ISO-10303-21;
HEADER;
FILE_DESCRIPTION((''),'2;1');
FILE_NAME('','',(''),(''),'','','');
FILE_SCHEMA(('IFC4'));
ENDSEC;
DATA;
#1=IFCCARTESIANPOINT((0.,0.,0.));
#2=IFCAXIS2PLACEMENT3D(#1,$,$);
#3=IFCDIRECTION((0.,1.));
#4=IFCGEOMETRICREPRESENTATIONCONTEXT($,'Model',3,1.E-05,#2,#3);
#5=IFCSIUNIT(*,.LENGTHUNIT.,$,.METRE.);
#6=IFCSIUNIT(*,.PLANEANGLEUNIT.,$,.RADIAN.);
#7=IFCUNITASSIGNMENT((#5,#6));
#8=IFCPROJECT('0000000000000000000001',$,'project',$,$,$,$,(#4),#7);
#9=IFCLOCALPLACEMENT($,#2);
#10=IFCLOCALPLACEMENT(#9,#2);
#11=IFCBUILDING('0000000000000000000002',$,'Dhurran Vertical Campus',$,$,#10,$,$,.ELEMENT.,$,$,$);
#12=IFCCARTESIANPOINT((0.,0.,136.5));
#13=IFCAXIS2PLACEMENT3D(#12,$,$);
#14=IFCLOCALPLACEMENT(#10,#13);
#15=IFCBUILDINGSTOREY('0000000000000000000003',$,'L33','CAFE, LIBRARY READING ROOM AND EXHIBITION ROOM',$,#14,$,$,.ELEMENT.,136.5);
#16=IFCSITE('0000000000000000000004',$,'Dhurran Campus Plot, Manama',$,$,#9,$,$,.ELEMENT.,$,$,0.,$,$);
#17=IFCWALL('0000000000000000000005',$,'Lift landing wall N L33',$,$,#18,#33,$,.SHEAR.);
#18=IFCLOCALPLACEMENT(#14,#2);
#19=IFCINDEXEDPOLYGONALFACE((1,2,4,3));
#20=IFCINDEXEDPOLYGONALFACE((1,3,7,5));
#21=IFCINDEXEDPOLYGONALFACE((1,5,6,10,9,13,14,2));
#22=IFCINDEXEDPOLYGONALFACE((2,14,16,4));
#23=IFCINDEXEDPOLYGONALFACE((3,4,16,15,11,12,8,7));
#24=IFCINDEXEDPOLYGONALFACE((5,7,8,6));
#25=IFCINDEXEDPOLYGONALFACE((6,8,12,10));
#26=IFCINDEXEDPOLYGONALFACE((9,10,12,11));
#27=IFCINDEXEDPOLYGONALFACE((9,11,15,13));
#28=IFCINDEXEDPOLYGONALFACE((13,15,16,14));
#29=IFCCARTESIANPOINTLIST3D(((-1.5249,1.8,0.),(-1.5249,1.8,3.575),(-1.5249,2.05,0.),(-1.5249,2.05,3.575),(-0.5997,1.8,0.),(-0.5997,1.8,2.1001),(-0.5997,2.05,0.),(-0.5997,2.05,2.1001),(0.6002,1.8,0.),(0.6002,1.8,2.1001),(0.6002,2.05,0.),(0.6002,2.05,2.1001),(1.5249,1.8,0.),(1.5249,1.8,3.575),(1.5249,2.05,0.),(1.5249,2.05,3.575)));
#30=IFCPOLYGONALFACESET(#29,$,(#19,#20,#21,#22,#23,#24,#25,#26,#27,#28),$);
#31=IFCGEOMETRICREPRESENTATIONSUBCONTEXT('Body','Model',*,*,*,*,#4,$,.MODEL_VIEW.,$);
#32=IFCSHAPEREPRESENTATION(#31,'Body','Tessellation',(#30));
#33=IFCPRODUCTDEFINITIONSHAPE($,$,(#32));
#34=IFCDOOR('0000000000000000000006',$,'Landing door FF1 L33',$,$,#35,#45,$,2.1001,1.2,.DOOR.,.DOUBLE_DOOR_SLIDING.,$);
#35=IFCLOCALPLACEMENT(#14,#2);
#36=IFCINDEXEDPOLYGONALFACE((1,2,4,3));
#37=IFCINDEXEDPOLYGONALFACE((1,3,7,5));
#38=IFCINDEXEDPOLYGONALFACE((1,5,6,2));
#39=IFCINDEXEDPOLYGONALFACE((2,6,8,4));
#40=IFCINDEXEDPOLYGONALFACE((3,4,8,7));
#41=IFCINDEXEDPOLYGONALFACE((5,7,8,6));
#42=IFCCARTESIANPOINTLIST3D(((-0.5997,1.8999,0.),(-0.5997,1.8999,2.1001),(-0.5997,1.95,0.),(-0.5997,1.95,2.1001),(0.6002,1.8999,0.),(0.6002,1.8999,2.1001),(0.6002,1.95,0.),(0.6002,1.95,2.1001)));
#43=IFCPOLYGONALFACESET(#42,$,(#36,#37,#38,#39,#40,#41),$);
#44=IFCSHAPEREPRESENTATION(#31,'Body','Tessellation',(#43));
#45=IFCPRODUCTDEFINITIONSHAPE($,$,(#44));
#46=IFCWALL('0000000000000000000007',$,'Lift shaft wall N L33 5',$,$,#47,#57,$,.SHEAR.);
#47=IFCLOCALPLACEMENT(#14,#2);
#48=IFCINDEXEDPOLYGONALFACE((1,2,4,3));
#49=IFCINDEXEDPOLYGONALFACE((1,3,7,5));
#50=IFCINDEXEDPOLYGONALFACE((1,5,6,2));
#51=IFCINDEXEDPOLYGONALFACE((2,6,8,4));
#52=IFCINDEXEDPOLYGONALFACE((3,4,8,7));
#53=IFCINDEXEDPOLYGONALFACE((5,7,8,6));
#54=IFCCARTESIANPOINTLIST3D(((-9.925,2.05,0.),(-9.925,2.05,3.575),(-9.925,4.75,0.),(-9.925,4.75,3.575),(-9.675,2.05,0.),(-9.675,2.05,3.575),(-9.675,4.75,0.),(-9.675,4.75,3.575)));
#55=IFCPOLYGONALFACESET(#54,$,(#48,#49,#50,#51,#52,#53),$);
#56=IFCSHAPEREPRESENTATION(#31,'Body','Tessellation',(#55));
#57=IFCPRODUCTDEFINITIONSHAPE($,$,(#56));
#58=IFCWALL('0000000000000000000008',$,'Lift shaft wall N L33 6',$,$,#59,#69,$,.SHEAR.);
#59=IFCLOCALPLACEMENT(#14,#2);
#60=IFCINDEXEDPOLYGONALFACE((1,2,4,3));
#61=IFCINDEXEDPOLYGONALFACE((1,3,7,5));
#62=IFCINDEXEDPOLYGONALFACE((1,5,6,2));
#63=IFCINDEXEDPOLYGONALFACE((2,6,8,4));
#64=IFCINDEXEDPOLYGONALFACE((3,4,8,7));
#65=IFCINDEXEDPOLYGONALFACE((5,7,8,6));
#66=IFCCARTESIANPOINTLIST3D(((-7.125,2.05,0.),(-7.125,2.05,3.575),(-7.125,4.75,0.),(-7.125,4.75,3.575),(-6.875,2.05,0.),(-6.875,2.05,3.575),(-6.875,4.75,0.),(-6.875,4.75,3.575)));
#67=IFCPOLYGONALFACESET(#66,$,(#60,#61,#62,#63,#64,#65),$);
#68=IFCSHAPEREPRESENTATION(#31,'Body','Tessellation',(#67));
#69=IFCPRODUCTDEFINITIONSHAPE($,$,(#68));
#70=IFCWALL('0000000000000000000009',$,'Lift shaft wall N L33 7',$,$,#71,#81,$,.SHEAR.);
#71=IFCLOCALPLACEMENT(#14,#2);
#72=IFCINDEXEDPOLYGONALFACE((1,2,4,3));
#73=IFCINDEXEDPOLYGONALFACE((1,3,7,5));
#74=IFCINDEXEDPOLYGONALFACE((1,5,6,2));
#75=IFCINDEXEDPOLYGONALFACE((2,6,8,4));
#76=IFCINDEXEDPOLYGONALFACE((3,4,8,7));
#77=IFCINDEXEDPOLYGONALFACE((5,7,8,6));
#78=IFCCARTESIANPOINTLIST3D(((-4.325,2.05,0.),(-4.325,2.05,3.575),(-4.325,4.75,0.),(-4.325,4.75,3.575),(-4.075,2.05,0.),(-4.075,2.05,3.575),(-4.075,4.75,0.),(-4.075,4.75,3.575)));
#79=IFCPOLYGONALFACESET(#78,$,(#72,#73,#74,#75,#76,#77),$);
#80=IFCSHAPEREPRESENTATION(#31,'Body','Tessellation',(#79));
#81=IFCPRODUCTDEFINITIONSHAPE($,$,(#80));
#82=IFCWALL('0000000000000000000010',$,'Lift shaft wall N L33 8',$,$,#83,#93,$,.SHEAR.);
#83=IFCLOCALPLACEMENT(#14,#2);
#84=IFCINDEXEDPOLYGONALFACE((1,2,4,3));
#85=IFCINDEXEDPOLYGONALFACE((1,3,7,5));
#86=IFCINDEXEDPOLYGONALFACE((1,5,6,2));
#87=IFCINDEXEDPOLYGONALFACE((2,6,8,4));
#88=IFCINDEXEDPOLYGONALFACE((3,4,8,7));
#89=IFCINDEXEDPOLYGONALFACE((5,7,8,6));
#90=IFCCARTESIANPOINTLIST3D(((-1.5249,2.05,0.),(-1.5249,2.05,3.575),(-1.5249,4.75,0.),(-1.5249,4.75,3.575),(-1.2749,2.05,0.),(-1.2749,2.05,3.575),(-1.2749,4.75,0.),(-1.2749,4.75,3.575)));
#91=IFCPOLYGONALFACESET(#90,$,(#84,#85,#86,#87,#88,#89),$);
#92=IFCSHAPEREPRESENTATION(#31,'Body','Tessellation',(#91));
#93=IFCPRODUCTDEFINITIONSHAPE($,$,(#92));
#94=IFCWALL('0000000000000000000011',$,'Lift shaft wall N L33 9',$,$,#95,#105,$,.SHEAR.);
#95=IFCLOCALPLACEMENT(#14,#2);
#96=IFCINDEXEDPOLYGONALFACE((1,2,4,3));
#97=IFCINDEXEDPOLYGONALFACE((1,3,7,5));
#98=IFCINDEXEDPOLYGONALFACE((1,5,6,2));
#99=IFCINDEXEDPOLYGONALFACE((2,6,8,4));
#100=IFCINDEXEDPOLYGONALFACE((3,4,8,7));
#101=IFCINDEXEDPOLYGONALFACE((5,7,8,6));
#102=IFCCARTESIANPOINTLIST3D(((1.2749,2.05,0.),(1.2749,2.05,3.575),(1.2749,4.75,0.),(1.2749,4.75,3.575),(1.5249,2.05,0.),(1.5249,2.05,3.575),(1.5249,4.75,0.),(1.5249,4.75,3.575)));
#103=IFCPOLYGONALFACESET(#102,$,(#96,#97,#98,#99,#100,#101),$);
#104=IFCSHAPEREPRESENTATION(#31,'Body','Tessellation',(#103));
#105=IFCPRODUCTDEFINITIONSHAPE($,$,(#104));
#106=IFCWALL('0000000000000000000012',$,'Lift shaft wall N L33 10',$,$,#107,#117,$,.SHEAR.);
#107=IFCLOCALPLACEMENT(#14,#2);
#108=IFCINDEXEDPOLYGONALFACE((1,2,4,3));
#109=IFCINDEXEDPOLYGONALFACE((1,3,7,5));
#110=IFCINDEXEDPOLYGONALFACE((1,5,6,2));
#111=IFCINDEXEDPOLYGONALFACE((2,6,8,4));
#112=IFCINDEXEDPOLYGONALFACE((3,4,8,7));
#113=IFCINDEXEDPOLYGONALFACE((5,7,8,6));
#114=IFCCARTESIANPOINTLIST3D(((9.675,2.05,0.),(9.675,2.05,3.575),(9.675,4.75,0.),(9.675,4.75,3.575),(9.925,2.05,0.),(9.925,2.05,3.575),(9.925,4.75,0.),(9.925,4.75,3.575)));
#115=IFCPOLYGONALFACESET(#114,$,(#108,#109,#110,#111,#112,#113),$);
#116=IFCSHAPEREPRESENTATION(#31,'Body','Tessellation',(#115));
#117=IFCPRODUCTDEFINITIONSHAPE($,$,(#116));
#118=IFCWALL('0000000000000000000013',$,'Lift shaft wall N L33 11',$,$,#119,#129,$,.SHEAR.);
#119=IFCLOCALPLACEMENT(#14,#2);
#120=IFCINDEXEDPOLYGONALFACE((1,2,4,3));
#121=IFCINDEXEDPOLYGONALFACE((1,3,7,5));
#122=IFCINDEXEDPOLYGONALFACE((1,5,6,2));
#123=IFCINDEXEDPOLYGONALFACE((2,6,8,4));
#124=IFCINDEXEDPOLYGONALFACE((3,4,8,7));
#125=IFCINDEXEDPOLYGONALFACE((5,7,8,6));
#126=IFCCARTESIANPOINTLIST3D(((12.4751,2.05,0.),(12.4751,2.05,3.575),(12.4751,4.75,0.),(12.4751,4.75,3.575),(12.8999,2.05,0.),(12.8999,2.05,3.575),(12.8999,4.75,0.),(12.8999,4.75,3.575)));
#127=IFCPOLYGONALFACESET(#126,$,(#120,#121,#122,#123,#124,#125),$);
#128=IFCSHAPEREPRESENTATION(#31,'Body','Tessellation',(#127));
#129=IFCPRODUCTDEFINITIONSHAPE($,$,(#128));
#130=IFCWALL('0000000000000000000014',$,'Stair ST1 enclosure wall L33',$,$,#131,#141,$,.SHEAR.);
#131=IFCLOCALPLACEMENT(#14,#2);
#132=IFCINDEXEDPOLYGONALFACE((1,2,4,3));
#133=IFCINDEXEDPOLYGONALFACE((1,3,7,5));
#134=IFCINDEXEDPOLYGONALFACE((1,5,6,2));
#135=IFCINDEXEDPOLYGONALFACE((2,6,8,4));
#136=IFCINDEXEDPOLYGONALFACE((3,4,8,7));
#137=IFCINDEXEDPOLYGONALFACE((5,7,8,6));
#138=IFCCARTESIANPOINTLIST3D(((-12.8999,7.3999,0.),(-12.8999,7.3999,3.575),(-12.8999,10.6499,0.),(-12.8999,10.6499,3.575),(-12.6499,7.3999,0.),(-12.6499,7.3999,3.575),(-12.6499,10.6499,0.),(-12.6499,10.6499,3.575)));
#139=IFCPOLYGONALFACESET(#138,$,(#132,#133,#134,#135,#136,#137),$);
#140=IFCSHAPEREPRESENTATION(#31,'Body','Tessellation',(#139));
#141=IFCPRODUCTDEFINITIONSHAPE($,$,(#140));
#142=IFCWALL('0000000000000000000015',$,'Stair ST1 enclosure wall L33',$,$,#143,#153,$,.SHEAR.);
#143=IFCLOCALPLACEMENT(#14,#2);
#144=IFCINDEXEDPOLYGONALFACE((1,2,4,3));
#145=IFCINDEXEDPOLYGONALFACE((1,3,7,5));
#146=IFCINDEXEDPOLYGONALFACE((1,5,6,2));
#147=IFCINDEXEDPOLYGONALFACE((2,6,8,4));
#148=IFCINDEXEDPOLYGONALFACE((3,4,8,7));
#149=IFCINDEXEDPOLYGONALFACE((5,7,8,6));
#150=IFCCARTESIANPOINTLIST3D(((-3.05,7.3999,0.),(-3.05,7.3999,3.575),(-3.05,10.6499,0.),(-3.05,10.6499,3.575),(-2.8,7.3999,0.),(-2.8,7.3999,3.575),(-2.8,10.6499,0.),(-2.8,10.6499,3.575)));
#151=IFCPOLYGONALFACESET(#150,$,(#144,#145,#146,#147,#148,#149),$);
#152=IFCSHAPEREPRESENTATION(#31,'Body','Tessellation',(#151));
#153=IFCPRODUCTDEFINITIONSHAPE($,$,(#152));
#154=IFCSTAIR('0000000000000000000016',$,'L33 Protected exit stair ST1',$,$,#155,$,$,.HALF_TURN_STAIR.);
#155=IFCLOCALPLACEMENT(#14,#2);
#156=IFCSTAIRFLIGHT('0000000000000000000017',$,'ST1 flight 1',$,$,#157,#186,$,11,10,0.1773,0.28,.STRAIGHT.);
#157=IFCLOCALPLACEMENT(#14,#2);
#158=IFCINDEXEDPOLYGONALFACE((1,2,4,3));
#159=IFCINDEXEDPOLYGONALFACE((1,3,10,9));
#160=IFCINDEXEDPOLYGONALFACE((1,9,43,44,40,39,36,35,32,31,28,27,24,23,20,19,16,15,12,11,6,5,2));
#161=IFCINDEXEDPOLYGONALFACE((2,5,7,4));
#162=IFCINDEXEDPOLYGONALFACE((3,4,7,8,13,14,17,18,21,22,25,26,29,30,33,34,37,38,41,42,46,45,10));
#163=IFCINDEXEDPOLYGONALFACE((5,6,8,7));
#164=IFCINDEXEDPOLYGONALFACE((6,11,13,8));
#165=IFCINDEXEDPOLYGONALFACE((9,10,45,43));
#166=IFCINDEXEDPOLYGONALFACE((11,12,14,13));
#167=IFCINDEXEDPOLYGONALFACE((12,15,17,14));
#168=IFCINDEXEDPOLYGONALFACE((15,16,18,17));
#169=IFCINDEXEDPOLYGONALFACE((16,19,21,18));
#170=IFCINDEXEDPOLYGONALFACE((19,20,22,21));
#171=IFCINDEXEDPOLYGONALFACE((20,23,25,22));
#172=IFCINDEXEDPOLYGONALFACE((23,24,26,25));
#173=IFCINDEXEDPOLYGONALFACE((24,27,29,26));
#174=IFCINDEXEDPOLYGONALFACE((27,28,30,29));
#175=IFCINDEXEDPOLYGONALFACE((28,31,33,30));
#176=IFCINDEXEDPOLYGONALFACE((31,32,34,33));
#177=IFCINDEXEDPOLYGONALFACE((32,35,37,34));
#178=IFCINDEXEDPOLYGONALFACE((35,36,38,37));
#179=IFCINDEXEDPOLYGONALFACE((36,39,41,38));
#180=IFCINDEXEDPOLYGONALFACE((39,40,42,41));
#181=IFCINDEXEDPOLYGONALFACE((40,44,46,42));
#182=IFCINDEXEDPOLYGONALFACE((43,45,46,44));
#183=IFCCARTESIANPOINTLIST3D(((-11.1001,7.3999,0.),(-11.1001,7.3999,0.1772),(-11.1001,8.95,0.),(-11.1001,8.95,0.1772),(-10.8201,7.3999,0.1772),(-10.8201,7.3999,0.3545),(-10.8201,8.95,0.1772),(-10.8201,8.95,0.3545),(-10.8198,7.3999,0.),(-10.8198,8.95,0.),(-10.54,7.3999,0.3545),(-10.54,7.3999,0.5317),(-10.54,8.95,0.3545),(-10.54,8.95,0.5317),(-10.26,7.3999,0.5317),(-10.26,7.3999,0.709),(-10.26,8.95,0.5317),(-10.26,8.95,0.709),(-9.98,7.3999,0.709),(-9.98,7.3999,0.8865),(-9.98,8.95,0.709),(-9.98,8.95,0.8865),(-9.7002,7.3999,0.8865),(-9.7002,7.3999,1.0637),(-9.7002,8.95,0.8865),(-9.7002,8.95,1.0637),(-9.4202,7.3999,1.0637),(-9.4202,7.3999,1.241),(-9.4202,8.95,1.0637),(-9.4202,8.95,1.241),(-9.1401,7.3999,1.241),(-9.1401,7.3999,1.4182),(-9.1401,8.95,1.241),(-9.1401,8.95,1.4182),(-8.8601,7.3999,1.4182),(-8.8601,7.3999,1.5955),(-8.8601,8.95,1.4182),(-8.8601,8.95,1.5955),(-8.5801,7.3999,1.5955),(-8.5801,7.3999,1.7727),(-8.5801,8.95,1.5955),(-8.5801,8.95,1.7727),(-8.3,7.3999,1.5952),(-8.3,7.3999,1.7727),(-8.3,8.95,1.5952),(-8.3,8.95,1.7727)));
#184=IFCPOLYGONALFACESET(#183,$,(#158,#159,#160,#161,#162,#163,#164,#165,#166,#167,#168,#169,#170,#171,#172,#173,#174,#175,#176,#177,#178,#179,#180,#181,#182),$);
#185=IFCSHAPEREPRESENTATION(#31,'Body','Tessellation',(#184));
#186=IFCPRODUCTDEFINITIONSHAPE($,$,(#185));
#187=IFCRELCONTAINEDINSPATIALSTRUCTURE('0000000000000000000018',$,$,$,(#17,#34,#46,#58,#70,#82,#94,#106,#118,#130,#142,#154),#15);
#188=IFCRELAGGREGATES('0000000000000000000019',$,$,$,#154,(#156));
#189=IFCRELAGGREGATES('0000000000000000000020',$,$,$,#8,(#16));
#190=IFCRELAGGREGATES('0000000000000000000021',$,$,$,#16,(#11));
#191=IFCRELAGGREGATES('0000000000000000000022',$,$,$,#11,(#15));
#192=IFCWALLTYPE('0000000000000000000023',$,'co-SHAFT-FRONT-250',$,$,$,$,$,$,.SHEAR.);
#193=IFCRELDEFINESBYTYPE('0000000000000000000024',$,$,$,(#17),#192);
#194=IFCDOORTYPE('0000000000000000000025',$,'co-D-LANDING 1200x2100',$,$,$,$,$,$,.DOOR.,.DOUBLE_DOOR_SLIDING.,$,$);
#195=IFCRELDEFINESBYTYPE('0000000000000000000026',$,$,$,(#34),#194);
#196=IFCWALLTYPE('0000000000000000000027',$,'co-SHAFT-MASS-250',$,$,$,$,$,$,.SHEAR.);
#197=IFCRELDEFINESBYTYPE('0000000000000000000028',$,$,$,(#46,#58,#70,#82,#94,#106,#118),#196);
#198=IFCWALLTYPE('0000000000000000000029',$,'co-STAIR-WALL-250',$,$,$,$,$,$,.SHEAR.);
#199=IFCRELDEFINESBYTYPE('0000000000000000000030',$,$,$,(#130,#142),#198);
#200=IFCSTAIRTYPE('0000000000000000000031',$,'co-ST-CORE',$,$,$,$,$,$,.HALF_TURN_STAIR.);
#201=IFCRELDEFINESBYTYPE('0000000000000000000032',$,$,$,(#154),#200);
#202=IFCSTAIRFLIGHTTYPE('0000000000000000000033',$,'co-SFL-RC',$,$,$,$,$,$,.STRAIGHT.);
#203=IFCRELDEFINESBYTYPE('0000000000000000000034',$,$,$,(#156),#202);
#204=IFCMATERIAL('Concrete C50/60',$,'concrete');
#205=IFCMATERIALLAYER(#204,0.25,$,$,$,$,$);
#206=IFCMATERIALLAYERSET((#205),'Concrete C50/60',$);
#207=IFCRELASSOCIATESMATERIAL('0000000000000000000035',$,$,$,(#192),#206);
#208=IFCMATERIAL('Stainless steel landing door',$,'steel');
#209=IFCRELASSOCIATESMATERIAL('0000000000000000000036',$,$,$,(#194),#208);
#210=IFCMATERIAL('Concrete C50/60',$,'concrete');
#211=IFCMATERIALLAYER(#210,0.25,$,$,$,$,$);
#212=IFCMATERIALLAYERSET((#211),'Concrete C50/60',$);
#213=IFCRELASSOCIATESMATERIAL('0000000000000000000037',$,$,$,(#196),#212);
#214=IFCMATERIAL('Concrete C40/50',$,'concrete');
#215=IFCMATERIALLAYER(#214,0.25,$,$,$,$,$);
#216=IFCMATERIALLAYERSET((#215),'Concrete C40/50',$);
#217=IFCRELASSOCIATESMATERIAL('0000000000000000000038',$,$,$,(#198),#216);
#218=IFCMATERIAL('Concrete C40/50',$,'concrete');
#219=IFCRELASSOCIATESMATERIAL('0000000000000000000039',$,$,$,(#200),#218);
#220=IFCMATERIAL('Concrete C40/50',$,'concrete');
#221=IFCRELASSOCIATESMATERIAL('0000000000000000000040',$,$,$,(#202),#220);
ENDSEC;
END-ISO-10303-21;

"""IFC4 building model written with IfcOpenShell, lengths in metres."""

from ifc_helpers import new_model, si_unit, direction, frame, frame_2d, origin, place, context, subcontext, project, spatial, polyline, rectangle, outline, extrude, material, layer, layer_set, type_object, element, fill, aggregate, save


model = new_model("IFC4")

# Units and contexts
model_context = context("Model", 3, precision=1e-05, world=origin(), true_north=direction((0.0, 1.0)))
body_context = subcontext(model_context, "Body", "Model", "MODEL_VIEW")
ifc_project = project(units=[si_unit("LENGTHUNIT", "METRE"), si_unit("PLANEANGLEUNIT", "RADIAN")], contexts=[model_context])

# Site, building, storey
site_placement = place(None, origin())
site = spatial("IfcSite", under=ifc_project, at=site_placement, Name="Dhurran Campus Plot, Manama", CompositionType="ELEMENT", RefElevation=0.0)
building_placement = place(site_placement, origin())
building = spatial("IfcBuilding", under=site, at=building_placement, Name="Dhurran Vertical Campus", CompositionType="ELEMENT")
storey_placement = place(building_placement, frame((0.0, 0.0, 136.5)))
storey = spatial("IfcBuildingStorey", under=building, at=storey_placement, Name="L33", Description="CAFE, LIBRARY READING ROOM AND EXHIBITION ROOM", CompositionType="ELEMENT", Elevation=136.5)

# Wall, opening, door
ifc_material_1 = material(Name="Concrete C50/60", Category="concrete")
ifc_layer_1 = layer(ifc_material_1, 0.25)
ifc_layer_set_1 = layer_set([ifc_layer_1], Name="Concrete C50/60")
wall_type_1 = type_object("IfcWallType", Name="co-SHAFT-FRONT-250", PredefinedType="SHEAR", material=ifc_layer_set_1)
wall_1_placement = place(storey_placement, frame((-1.5249, 1.925, 0.0), z_axis=(0.0, 0.0, 1.0), x_axis=(1.0, 0.0, 0.0)))
wall_1 = element("IfcWall", 1, at=wall_1_placement, inside=storey, type_object=wall_type_1, Name="Lift landing wall N L33", PredefinedType="SHEAR", context=body_context, shape_type="SweptSolid", body=[
    extrude(rectangle(XDim=3.0498, YDim=0.25, at=frame_2d((1.5249, 0.0))), origin(), (0.0, 0.0, 1.0), 3.575),
])
opening_1_placement = place(wall_1_placement, frame((0.925, 0.0, 0.0)))
opening_1 = element("IfcOpeningElement", 2, at=opening_1_placement, cuts=wall_1, PredefinedType="OPENING", context=body_context, shape_type="SweptSolid", body=[
    extrude(rectangle(XDim=1.2, YDim=2.1001, at=frame_2d((0.6001, 1.05))), frame((0.0, 0.135, 0.0), z_axis=(0.0, -1.0, 0.0), x_axis=(1.0, 0.0, 0.0)), (0.0, 0.0, 1.0), 0.27),
])
ifc_material_2 = material(Name="Stainless steel landing door", Category="steel")
door_type_1 = type_object("IfcDoorType", Name="co-D-LANDING 1200x2100", OperationType="DOUBLE_DOOR_SLIDING", PredefinedType="DOOR", material=ifc_material_2)
door_1_placement = place(opening_1_placement, origin())
door_1 = element("IfcDoor", 3, at=door_1_placement, inside=storey, type_object=door_type_1, Name="Landing door FF1 L33", OperationType="DOUBLE_DOOR_SLIDING", OverallHeight=2.1001, OverallWidth=1.2, PredefinedType="DOOR", context=body_context, shape_type="SweptSolid", body=[
    extrude(rectangle(XDim=1.2, YDim=2.1001, at=frame_2d((0.6001, 1.05))), frame((0.0, 0.0249, 0.0), z_axis=(0.0, -1.0, 0.0), x_axis=(1.0, 0.0, 0.0)), (0.0, 0.0, 1.0), 0.05),
])
fill(opening_1, door_1)

# Walls
ifc_material_3 = material(Name="Concrete C50/60", Category="concrete")
ifc_layer_2 = layer(ifc_material_3, 0.25)
ifc_layer_set_2 = layer_set([ifc_layer_2], Name="Concrete C50/60")
wall_type_2 = type_object("IfcWallType", Name="co-SHAFT-MASS-250", PredefinedType="SHEAR", material=ifc_layer_set_2)
wall_2_placement = place(storey_placement, origin())
element("IfcWall", 4, at=wall_2_placement, inside=storey, type_object=wall_type_2, Name="Lift shaft wall N L33 5", PredefinedType="SHEAR", context=body_context, shape_type="SweptSolid", body=[
    extrude(outline(polyline([(-9.925, 2.05), (-9.675, 2.05), (-9.675, 4.75), (-9.925, 4.75), (-9.925, 2.05)])), origin(), (0.0, 0.0, 1.0), 3.575),
])
wall_3_placement = place(storey_placement, origin())
element("IfcWall", 5, at=wall_3_placement, inside=storey, type_object=wall_type_2, Name="Lift shaft wall N L33 6", PredefinedType="SHEAR", context=body_context, shape_type="SweptSolid", body=[
    extrude(outline(polyline([(-7.125, 2.05), (-6.875, 2.05), (-6.875, 4.75), (-7.125, 4.75), (-7.125, 2.05)])), origin(), (0.0, 0.0, 1.0), 3.575),
])
wall_4_placement = place(storey_placement, origin())
element("IfcWall", 6, at=wall_4_placement, inside=storey, type_object=wall_type_2, Name="Lift shaft wall N L33 7", PredefinedType="SHEAR", context=body_context, shape_type="SweptSolid", body=[
    extrude(outline(polyline([(-4.325, 2.05), (-4.075, 2.05), (-4.075, 4.75), (-4.325, 4.75), (-4.325, 2.05)])), origin(), (0.0, 0.0, 1.0), 3.575),
])
wall_5_placement = place(storey_placement, origin())
element("IfcWall", 7, at=wall_5_placement, inside=storey, type_object=wall_type_2, Name="Lift shaft wall N L33 8", PredefinedType="SHEAR", context=body_context, shape_type="SweptSolid", body=[
    extrude(outline(polyline([(-1.5249, 2.05), (-1.2749, 2.05), (-1.2749, 4.75), (-1.5249, 4.75), (-1.5249, 2.05)])), origin(), (0.0, 0.0, 1.0), 3.575),
])
wall_6_placement = place(storey_placement, origin())
element("IfcWall", 8, at=wall_6_placement, inside=storey, type_object=wall_type_2, Name="Lift shaft wall N L33 9", PredefinedType="SHEAR", context=body_context, shape_type="SweptSolid", body=[
    extrude(outline(polyline([(1.2749, 2.05), (1.5249, 2.05), (1.5249, 4.75), (1.2749, 4.75), (1.2749, 2.05)])), origin(), (0.0, 0.0, 1.0), 3.575),
])
wall_7_placement = place(storey_placement, origin())
element("IfcWall", 9, at=wall_7_placement, inside=storey, type_object=wall_type_2, Name="Lift shaft wall N L33 10", PredefinedType="SHEAR", context=body_context, shape_type="SweptSolid", body=[
    extrude(outline(polyline([(9.675, 2.05), (9.925, 2.05), (9.925, 4.75), (9.675, 4.75), (9.675, 2.05)])), origin(), (0.0, 0.0, 1.0), 3.575),
])
wall_8_placement = place(storey_placement, origin())
element("IfcWall", 10, at=wall_8_placement, inside=storey, type_object=wall_type_2, Name="Lift shaft wall N L33 11", PredefinedType="SHEAR", context=body_context, shape_type="SweptSolid", body=[
    extrude(outline(polyline([(12.4751, 2.05), (12.8999, 2.05), (12.8999, 4.75), (12.4751, 4.75), (12.4751, 2.05)])), origin(), (0.0, 0.0, 1.0), 3.575),
])
ifc_material_4 = material(Name="Concrete C40/50", Category="concrete")
ifc_layer_3 = layer(ifc_material_4, 0.25)
ifc_layer_set_3 = layer_set([ifc_layer_3], Name="Concrete C40/50")
wall_type_3 = type_object("IfcWallType", Name="co-STAIR-WALL-250", PredefinedType="SHEAR", material=ifc_layer_set_3)
for number, where, z_axis, x_axis, name in (
    (11, (-12.7749, 7.3999, 0.0), (0.0, 0.0, 1.0), (0.0, 1.0, 0.0), "Stair ST1 enclosure wall L33"),
    (12, (-2.925, 7.3999, 0.0), (0.0, 0.0, 1.0), (0.0, 1.0, 0.0), "Stair ST1 enclosure wall L33"),
):
    element("IfcWall", number, at=place(storey_placement, frame(where, z_axis=z_axis, x_axis=x_axis)), inside=storey, type_object=wall_type_3, Name=name, PredefinedType="SHEAR", context=body_context, shape_type="SweptSolid", body=[
        extrude(rectangle(XDim=3.25, YDim=0.25, at=frame_2d((1.625, 0.0))), origin(), (0.0, 0.0, 1.0), 3.575),
    ])

# Stair, stair flight
ifc_material_5 = material(Name="Concrete C40/50", Category="concrete")
stair_type = type_object("IfcStairType", Name="co-ST-CORE", PredefinedType="HALF_TURN_STAIR", material=ifc_material_5)
stair_placement = place(storey_placement, origin())
stair = element("IfcStair", 13, at=stair_placement, inside=storey, type_object=stair_type, Name="L33 Protected exit stair ST1", PredefinedType="HALF_TURN_STAIR")
ifc_material_6 = material(Name="Concrete C40/50", Category="concrete")
stair_flight_type = type_object("IfcStairFlightType", Name="co-SFL-RC", PredefinedType="STRAIGHT", material=ifc_material_6)
stair_flight_placement = place(storey_placement, frame((-11.1001, 8.175, 0.0), z_axis=(0.0, 0.0, 1.0), x_axis=(1.0, 0.0, 0.0)))
stair_flight = element("IfcStairFlight", 14, at=stair_flight_placement, type_object=stair_flight_type, Name="ST1 flight 1", NumberOfRisers=11, NumberOfTreads=10, PredefinedType="STRAIGHT", RiserHeight=0.1773, TreadLength=0.28, context=body_context, shape_type="SweptSolid", body=[
    extrude(outline(polyline([(0.0, 0.0), (0.0, 0.1772), (0.28, 0.1772), (0.28, 0.3545), (0.5601, 0.3545), (0.5601, 0.5317), (0.8401, 0.5317), (0.8401, 0.709), (1.1201, 0.709), (1.1201, 0.8865), (1.3999, 0.8865), (1.3999, 1.0637), (1.6799, 1.0637), (1.6799, 1.241), (1.96, 1.241), (1.96, 1.4182), (2.24, 1.4182), (2.24, 1.5955), (2.52, 1.5955), (2.52, 1.7727), (2.8, 1.7727), (2.8, 1.95), (2.8, 1.5952), (0.2803, 0.0), (0.0, 0.0)])), frame((0.0, 0.7749, 0.0), z_axis=(0.0, -1.0, 0.0), x_axis=(1.0, 0.0, 0.0)), (0.0, 0.0, 1.0), 1.55),
])
aggregate(stair, [stair_flight])

save(model, "model.ifc")
